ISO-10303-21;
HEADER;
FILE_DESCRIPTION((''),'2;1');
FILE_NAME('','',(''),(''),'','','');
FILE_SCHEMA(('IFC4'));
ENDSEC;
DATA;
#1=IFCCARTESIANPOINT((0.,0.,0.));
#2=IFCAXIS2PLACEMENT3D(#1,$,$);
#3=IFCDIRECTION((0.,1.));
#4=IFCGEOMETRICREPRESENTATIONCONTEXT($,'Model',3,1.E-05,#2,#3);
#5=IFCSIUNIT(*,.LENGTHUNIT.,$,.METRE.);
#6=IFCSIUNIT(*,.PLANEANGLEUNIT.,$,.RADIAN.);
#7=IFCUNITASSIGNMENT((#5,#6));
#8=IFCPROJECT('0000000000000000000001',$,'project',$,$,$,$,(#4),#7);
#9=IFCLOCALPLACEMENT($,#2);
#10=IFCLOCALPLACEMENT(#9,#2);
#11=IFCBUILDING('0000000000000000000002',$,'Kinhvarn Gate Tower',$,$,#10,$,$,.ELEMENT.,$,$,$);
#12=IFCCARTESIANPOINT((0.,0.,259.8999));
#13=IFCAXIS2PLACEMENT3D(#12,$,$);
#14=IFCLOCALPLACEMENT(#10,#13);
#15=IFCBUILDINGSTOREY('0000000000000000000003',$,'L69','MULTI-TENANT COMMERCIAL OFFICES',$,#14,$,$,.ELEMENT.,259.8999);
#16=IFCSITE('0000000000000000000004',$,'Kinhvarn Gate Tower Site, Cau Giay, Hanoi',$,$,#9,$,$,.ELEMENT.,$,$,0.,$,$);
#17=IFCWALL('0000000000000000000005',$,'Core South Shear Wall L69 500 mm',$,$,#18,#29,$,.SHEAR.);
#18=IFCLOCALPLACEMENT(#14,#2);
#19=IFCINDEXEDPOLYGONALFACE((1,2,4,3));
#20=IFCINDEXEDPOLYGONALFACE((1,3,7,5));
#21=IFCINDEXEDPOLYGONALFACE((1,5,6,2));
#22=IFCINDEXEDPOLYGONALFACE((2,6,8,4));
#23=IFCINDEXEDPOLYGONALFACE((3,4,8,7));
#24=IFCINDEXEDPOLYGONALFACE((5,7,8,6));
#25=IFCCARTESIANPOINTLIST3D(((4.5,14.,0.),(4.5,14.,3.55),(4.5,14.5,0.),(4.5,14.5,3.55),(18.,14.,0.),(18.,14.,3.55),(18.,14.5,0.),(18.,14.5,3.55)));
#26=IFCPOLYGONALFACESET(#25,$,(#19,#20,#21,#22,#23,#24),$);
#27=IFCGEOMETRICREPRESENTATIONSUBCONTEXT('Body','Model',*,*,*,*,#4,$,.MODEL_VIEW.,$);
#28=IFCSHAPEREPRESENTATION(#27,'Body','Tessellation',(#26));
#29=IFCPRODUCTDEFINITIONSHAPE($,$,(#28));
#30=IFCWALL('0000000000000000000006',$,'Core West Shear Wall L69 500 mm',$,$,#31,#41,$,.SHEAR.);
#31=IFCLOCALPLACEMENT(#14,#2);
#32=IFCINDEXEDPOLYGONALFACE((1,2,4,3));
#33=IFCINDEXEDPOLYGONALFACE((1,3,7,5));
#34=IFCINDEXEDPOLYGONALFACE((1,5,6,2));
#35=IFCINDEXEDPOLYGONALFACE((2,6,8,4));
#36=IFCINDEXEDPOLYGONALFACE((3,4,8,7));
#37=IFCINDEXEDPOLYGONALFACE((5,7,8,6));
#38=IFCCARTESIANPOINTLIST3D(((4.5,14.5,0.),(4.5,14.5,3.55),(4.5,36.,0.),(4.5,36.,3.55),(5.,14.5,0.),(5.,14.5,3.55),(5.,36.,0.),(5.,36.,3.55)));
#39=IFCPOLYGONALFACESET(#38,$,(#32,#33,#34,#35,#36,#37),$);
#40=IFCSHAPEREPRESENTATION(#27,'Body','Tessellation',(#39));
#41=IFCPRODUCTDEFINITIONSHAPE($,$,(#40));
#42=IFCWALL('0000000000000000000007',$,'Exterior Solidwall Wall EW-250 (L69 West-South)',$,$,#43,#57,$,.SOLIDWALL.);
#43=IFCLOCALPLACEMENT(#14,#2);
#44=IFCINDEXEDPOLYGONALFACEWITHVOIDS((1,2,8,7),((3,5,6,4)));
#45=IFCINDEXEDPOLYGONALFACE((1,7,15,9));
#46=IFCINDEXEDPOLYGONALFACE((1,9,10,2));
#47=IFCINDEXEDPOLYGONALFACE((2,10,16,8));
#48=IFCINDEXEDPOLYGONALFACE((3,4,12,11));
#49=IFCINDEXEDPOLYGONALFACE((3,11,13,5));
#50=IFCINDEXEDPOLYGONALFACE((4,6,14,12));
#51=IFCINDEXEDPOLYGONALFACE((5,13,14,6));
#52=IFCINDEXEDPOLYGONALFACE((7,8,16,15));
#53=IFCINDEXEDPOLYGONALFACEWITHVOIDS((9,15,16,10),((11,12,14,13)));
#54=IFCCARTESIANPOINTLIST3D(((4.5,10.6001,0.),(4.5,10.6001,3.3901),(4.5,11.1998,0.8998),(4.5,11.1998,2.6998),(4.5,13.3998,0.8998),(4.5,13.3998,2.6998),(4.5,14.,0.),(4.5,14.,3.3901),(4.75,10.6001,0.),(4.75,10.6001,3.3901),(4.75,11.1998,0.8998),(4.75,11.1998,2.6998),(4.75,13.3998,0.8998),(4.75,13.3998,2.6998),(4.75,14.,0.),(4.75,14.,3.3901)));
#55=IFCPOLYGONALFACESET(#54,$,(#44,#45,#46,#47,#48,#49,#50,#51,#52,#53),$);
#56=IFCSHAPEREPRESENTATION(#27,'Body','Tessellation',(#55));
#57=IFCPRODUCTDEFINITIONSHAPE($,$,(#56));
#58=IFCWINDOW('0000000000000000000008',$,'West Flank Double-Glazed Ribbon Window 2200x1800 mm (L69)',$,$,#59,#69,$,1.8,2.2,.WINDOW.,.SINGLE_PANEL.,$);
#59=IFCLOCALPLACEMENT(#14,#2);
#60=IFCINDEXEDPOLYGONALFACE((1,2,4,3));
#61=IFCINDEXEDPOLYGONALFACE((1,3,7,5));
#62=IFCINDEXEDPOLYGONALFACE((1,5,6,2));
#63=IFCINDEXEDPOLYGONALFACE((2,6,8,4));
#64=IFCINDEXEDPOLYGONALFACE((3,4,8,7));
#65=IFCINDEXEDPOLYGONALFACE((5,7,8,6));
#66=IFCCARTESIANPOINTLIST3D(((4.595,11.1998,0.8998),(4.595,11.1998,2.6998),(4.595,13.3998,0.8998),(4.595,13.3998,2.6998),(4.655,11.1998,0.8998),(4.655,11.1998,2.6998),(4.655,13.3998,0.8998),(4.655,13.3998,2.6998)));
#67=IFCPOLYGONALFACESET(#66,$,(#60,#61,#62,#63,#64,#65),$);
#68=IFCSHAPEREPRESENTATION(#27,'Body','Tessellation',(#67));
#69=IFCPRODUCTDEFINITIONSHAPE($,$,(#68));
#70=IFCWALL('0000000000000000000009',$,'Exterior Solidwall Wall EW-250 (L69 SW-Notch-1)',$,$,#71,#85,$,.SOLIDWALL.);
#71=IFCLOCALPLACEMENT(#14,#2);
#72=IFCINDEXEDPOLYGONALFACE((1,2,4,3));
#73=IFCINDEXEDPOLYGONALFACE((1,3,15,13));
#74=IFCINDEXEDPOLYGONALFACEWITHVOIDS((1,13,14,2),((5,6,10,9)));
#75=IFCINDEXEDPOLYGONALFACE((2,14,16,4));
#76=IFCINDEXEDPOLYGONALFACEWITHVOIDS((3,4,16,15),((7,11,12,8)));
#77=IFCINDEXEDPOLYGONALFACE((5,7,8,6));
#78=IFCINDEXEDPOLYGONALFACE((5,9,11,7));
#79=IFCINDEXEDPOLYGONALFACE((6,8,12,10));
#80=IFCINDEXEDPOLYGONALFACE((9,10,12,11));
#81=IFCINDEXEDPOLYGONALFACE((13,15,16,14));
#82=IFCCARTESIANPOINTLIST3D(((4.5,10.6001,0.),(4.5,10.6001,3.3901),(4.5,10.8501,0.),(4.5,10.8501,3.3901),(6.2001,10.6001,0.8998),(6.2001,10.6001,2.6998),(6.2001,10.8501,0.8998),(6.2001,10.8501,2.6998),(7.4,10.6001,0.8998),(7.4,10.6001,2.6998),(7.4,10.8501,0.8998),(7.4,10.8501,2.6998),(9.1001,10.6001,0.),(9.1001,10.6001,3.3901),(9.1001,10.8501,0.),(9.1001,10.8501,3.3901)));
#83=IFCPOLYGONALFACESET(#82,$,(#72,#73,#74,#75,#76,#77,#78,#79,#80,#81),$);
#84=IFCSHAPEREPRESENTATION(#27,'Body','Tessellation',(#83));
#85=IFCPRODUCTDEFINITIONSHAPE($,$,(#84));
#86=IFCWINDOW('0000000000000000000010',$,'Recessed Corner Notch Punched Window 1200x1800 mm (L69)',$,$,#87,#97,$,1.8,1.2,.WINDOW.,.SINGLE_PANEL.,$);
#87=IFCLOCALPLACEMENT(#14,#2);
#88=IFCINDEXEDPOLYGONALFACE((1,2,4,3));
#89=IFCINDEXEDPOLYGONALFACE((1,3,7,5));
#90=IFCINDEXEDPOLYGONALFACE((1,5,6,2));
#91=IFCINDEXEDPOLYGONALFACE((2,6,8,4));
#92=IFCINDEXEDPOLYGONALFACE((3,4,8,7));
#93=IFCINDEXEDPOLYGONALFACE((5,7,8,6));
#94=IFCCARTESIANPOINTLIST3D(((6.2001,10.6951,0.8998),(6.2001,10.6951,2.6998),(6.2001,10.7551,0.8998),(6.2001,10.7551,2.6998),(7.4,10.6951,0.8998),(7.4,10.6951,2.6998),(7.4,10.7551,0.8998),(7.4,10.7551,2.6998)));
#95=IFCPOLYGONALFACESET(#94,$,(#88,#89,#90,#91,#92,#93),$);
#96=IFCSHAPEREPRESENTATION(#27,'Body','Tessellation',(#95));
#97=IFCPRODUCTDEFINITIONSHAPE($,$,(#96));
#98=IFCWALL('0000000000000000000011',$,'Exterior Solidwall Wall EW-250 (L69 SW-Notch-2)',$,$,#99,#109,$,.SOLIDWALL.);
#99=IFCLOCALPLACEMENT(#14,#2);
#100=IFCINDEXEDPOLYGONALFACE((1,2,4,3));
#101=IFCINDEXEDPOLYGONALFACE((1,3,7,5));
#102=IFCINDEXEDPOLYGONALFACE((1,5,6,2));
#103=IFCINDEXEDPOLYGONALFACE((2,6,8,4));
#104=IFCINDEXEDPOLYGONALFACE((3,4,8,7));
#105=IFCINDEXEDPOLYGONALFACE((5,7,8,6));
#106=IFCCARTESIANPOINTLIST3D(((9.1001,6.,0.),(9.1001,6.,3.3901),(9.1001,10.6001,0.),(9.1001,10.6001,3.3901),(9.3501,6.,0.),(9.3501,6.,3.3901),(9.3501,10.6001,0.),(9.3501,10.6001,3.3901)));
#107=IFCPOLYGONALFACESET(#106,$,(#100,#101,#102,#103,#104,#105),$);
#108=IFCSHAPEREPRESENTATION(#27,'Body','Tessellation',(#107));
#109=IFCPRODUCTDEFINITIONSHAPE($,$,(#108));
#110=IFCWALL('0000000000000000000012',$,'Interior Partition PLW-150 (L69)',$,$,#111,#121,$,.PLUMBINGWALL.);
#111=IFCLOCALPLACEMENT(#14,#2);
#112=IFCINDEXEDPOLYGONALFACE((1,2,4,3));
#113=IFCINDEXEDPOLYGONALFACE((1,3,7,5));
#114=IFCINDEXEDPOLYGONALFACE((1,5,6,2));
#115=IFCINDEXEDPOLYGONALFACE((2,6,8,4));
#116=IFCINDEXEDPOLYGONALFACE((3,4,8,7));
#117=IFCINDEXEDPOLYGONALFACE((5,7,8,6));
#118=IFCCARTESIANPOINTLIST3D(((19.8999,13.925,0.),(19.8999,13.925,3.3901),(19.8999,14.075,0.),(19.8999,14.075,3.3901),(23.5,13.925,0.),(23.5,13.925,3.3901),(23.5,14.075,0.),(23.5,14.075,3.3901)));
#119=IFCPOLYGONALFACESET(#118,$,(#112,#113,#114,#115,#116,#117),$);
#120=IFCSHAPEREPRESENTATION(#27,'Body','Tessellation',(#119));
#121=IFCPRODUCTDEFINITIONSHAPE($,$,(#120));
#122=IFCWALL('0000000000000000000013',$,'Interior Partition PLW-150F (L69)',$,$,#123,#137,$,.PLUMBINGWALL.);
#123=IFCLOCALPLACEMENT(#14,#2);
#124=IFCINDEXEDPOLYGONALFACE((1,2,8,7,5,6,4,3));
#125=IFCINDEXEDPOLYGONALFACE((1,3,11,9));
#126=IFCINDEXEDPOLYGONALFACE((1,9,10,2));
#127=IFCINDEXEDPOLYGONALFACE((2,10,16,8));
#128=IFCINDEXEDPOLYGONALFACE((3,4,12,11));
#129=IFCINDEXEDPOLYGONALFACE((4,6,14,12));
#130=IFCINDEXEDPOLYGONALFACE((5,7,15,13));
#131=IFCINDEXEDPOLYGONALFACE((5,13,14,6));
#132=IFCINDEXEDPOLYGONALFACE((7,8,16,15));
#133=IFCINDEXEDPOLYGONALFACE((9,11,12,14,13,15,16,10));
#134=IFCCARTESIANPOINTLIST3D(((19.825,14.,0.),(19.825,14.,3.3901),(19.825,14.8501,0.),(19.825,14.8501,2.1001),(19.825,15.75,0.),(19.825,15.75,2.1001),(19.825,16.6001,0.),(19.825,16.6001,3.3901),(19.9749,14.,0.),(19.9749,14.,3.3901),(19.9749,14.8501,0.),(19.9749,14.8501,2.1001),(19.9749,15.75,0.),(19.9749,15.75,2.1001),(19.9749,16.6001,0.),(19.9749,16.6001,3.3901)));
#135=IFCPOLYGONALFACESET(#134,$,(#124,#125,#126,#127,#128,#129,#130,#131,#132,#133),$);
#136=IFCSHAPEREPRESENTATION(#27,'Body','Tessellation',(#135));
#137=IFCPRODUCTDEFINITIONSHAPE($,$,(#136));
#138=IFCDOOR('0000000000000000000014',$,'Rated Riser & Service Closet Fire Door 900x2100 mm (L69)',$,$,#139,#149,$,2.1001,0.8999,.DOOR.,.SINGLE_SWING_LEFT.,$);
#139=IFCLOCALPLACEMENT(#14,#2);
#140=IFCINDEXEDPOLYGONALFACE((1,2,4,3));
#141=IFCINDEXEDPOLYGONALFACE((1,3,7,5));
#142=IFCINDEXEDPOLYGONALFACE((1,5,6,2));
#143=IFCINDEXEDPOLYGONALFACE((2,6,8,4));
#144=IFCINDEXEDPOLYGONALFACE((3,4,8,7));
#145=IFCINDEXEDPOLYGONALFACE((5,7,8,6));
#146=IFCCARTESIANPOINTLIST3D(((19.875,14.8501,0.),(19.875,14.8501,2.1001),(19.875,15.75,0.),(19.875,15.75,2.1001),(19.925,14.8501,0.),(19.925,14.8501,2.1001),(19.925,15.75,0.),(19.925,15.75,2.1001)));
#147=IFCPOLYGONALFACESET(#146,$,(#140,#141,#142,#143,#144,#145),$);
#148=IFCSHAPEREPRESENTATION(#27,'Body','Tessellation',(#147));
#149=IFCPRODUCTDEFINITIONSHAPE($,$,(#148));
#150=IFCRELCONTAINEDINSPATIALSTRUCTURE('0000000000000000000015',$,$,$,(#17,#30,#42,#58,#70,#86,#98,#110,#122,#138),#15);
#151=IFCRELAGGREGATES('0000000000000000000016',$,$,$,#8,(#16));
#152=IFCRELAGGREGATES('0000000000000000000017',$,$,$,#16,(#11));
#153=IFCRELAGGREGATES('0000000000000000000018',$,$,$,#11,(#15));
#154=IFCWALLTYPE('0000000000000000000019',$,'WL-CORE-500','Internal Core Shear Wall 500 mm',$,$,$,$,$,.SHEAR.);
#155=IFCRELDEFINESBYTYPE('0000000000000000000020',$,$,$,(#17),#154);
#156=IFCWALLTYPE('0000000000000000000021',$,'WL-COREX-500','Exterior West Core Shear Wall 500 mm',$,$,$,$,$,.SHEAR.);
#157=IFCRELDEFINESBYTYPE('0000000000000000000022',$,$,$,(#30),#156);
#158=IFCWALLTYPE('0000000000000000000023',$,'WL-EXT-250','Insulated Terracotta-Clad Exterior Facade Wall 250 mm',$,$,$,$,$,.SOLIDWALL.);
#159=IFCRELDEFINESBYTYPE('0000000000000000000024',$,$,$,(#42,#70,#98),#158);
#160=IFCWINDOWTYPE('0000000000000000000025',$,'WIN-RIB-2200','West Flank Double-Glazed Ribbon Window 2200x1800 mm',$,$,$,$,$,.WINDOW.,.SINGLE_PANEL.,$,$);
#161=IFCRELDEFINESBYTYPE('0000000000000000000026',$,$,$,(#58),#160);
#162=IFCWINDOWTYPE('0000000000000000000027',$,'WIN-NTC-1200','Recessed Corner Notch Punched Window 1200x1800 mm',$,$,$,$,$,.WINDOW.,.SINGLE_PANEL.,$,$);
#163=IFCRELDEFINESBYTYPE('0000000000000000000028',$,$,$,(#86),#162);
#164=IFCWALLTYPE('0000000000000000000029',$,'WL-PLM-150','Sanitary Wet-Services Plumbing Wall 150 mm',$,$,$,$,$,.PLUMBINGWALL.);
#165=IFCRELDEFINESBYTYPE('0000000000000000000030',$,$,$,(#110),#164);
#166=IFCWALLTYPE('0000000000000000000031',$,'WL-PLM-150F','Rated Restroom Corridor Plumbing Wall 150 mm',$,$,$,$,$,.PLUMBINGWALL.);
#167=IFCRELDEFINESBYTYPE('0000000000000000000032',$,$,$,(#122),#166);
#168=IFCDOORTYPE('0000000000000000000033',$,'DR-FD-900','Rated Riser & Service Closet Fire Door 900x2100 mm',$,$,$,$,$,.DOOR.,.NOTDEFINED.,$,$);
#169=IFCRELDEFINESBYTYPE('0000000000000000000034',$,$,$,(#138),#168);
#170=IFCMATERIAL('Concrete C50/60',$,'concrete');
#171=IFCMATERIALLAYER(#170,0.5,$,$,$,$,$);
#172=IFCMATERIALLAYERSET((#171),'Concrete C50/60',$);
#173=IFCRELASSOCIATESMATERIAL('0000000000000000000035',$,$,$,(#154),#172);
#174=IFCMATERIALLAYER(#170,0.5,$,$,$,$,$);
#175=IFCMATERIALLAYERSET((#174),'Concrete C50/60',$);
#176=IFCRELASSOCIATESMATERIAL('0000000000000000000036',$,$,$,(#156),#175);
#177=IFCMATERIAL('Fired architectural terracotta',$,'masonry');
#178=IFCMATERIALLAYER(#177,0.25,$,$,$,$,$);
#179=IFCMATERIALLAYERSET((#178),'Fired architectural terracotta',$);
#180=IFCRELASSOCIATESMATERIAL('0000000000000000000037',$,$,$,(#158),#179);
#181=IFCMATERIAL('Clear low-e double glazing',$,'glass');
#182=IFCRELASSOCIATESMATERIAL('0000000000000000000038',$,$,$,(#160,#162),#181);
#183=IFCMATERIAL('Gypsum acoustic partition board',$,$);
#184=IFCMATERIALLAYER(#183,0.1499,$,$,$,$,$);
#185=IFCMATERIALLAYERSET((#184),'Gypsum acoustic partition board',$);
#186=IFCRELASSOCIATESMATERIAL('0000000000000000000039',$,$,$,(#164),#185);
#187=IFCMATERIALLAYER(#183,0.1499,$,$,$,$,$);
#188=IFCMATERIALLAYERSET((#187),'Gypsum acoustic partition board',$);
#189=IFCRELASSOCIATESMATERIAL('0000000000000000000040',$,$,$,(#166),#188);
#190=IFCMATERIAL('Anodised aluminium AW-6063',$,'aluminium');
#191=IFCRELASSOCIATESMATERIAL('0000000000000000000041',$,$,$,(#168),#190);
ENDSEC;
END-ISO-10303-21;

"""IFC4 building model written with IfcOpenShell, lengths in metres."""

from ifc_helpers import new_model, si_unit, direction, frame, frame_2d, origin, place, context, subcontext, project, spatial, rectangle, extrude, material, layer, layer_set, type_object, element, fill, save


model = new_model("IFC4")

# Units and contexts
model_context = context("Model", 3, precision=1e-05, world=origin(), true_north=direction((0.0, 1.0)))
body_context = subcontext(model_context, "Body", "Model", "MODEL_VIEW")
ifc_project = project(units=[si_unit("LENGTHUNIT", "METRE"), si_unit("PLANEANGLEUNIT", "RADIAN")], contexts=[model_context])

# Site, building, storey
site_placement = place(None, origin())
site = spatial("IfcSite", under=ifc_project, at=site_placement, Name="Kinhvarn Gate Tower Site, Cau Giay, Hanoi", CompositionType="ELEMENT", RefElevation=0.0)
building_placement = place(site_placement, origin())
building = spatial("IfcBuilding", under=site, at=building_placement, Name="Kinhvarn Gate Tower", CompositionType="ELEMENT")
storey_placement = place(building_placement, frame((0.0, 0.0, 259.8999)))
storey = spatial("IfcBuildingStorey", under=building, at=storey_placement, Name="L69", Description="MULTI-TENANT COMMERCIAL OFFICES", CompositionType="ELEMENT", Elevation=259.8999)

# Shared definitions
ifc_material_1 = material(Name="Concrete C50/60", Category="concrete")

# Wall
ifc_layer_1 = layer(ifc_material_1, 0.5)
ifc_layer_set_1 = layer_set([ifc_layer_1], Name="Concrete C50/60")
wall_type_1 = type_object("IfcWallType", Name="WL-CORE-500", Description="Internal Core Shear Wall 500 mm", PredefinedType="SHEAR", material=ifc_layer_set_1)
wall_1_placement = place(storey_placement, frame((4.5, 14.25, 0.0), z_axis=(0.0, 0.0, 1.0), x_axis=(1.0, 0.0, 0.0)))
element("IfcWall", 1, at=wall_1_placement, inside=storey, type_object=wall_type_1, Name="Core South Shear Wall L69 500 mm", PredefinedType="SHEAR", context=body_context, shape_type="SweptSolid", body=[
    extrude(rectangle(XDim=13.5, YDim=0.5, at=frame_2d((6.75, 0.0))), origin(), (0.0, 0.0, 1.0), 3.55),
])

# Shared definitions
ifc_material_2 = material(Name="Anodised aluminium AW-6063", Category="aluminium")

# Wall
ifc_layer_2 = layer(ifc_material_1, 0.5)
ifc_layer_set_2 = layer_set([ifc_layer_2], Name="Concrete C50/60")
wall_type_2 = type_object("IfcWallType", Name="WL-COREX-500", Description="Exterior West Core Shear Wall 500 mm", PredefinedType="SHEAR", material=ifc_layer_set_2)
wall_2_placement = place(storey_placement, frame((4.75, 14.5, 0.0), z_axis=(0.0, 0.0, 1.0), x_axis=(0.0, 1.0, 0.0)))
element("IfcWall", 2, at=wall_2_placement, inside=storey, type_object=wall_type_2, Name="Core West Shear Wall L69 500 mm", PredefinedType="SHEAR", context=body_context, shape_type="SweptSolid", body=[
    extrude(rectangle(XDim=21.5, YDim=0.5, at=frame_2d((10.75, 0.0))), origin(), (0.0, 0.0, 1.0), 3.55),
])

# Walls, openings, windows
ifc_material_3 = material(Name="Fired architectural terracotta", Category="masonry")
ifc_layer_3 = layer(ifc_material_3, 0.25)
ifc_layer_set_3 = layer_set([ifc_layer_3], Name="Fired architectural terracotta")
wall_type_3 = type_object("IfcWallType", Name="WL-EXT-250", Description="Insulated Terracotta-Clad Exterior Facade Wall 250 mm", PredefinedType="SOLIDWALL", material=ifc_layer_set_3)
wall_3_placement = place(storey_placement, frame((4.625, 14.0, 0.0), z_axis=(0.0, 0.0, 1.0), x_axis=(0.0, -1.0, 0.0)))
wall_3 = element("IfcWall", 3, at=wall_3_placement, inside=storey, type_object=wall_type_3, Name="Exterior Solidwall Wall EW-250 (L69 West-South)", PredefinedType="SOLIDWALL", context=body_context, shape_type="SweptSolid", body=[
    extrude(rectangle(XDim=3.3999, YDim=0.25, at=frame_2d((1.7, 0.0))), origin(), (0.0, 0.0, 1.0), 3.3901),
])
opening_1_placement = place(wall_3_placement, frame((0.6001, 0.0, 0.8999)))
opening_1 = element("IfcOpeningElement", 4, at=opening_1_placement, cuts=wall_3, PredefinedType="OPENING", context=body_context, shape_type="SweptSolid", body=[
    extrude(rectangle(XDim=2.2, YDim=1.8, at=frame_2d((1.1001, 0.8999))), frame((0.0, 0.135, 0.0), z_axis=(0.0, -1.0, 0.0), x_axis=(1.0, 0.0, 0.0)), (0.0, 0.0, 1.0), 0.27),
])
ifc_material_4 = material(Name="Clear low-e double glazing", Category="glass")
window_type_1 = type_object("IfcWindowType", Name="WIN-RIB-2200", Description="West Flank Double-Glazed Ribbon Window 2200x1800 mm", PartitioningType="SINGLE_PANEL", PredefinedType="WINDOW", material=ifc_material_4)
window_1_placement = place(opening_1_placement, origin())
window_1 = element("IfcWindow", 5, at=window_1_placement, inside=storey, type_object=window_type_1, Name="West Flank Double-Glazed Ribbon Window 2200x1800 mm (L69)", OverallHeight=1.8, OverallWidth=2.2, PartitioningType="SINGLE_PANEL", PredefinedType="WINDOW", context=body_context, shape_type="SweptSolid", body=[
    extrude(rectangle(XDim=2.2, YDim=1.8, at=frame_2d((1.1001, 0.8999))), frame((0.0, 0.03, 0.0), z_axis=(0.0, -1.0, 0.0), x_axis=(1.0, 0.0, 0.0)), (0.0, 0.0, 1.0), 0.0601),
])
fill(opening_1, window_1)
wall_4_placement = place(storey_placement, frame((4.5, 10.7251, 0.0), z_axis=(0.0, 0.0, 1.0), x_axis=(1.0, 0.0, 0.0)))
wall_4 = element("IfcWall", 6, at=wall_4_placement, inside=storey, type_object=wall_type_3, Name="Exterior Solidwall Wall EW-250 (L69 SW-Notch-1)", PredefinedType="SOLIDWALL", context=body_context, shape_type="SweptSolid", body=[
    extrude(rectangle(XDim=4.6001, YDim=0.25, at=frame_2d((2.3, 0.0))), origin(), (0.0, 0.0, 1.0), 3.3901),
])
opening_2_placement = place(wall_4_placement, frame((1.7, 0.0, 0.8999)))
opening_2 = element("IfcOpeningElement", 7, at=opening_2_placement, cuts=wall_4, PredefinedType="OPENING", context=body_context, shape_type="SweptSolid", body=[
    extrude(rectangle(XDim=1.2, YDim=1.8, at=frame_2d((0.6001, 0.8999))), frame((0.0, 0.135, 0.0), z_axis=(0.0, -1.0, 0.0), x_axis=(1.0, 0.0, 0.0)), (0.0, 0.0, 1.0), 0.27),
])
window_type_2 = type_object("IfcWindowType", Name="WIN-NTC-1200", Description="Recessed Corner Notch Punched Window 1200x1800 mm", PartitioningType="SINGLE_PANEL", PredefinedType="WINDOW", material=ifc_material_4)
window_2_placement = place(opening_2_placement, origin())
window_2 = element("IfcWindow", 8, at=window_2_placement, inside=storey, type_object=window_type_2, Name="Recessed Corner Notch Punched Window 1200x1800 mm (L69)", OverallHeight=1.8, OverallWidth=1.2, PartitioningType="SINGLE_PANEL", PredefinedType="WINDOW", context=body_context, shape_type="SweptSolid", body=[
    extrude(rectangle(XDim=1.2, YDim=1.8, at=frame_2d((0.6001, 0.8999))), frame((0.0, 0.03, 0.0), z_axis=(0.0, -1.0, 0.0), x_axis=(1.0, 0.0, 0.0)), (0.0, 0.0, 1.0), 0.0601),
])
fill(opening_2, window_2)

# Walls
wall_5_placement = place(storey_placement, frame((9.2251, 10.6001, 0.0), z_axis=(0.0, 0.0, 1.0), x_axis=(0.0, -1.0, 0.0)))
element("IfcWall", 9, at=wall_5_placement, inside=storey, type_object=wall_type_3, Name="Exterior Solidwall Wall EW-250 (L69 SW-Notch-2)", PredefinedType="SOLIDWALL", context=body_context, shape_type="SweptSolid", body=[
    extrude(rectangle(XDim=4.6001, YDim=0.25, at=frame_2d((2.3, 0.0))), origin(), (0.0, 0.0, 1.0), 3.3901),
])
ifc_material_5 = material(Name="Gypsum acoustic partition board")
ifc_layer_4 = layer(ifc_material_5, 0.1499)
ifc_layer_set_4 = layer_set([ifc_layer_4], Name="Gypsum acoustic partition board")
wall_type_4 = type_object("IfcWallType", Name="WL-PLM-150", Description="Sanitary Wet-Services Plumbing Wall 150 mm", PredefinedType="PLUMBINGWALL", material=ifc_layer_set_4)
wall_6_placement = place(storey_placement, frame((19.8999, 14.0, 0.0), z_axis=(0.0, 0.0, 1.0), x_axis=(1.0, 0.0, 0.0)))
element("IfcWall", 10, at=wall_6_placement, inside=storey, type_object=wall_type_4, Name="Interior Partition PLW-150 (L69)", PredefinedType="PLUMBINGWALL", context=body_context, shape_type="SweptSolid", body=[
    extrude(rectangle(XDim=3.6001, YDim=0.1499, at=frame_2d((1.8, 0.0))), origin(), (0.0, 0.0, 1.0), 3.3901),
])

# Wall, opening, door
ifc_layer_5 = layer(ifc_material_5, 0.1499)
ifc_layer_set_5 = layer_set([ifc_layer_5], Name="Gypsum acoustic partition board")
wall_type_5 = type_object("IfcWallType", Name="WL-PLM-150F", Description="Rated Restroom Corridor Plumbing Wall 150 mm", PredefinedType="PLUMBINGWALL", material=ifc_layer_set_5)
wall_7_placement = place(storey_placement, frame((19.8999, 14.0, 0.0), z_axis=(0.0, 0.0, 1.0), x_axis=(0.0, 1.0, 0.0)))
wall_7 = element("IfcWall", 11, at=wall_7_placement, inside=storey, type_object=wall_type_5, Name="Interior Partition PLW-150F (L69)", PredefinedType="PLUMBINGWALL", context=body_context, shape_type="SweptSolid", body=[
    extrude(rectangle(XDim=2.6001, YDim=0.1499, at=frame_2d((1.3, 0.0))), origin(), (0.0, 0.0, 1.0), 3.3901),
])
opening_3_placement = place(wall_7_placement, frame((0.8501, 0.0, 0.0)))
opening_3 = element("IfcOpeningElement", 12, at=opening_3_placement, cuts=wall_7, PredefinedType="OPENING", context=body_context, shape_type="SweptSolid", body=[
    extrude(rectangle(XDim=0.8999, YDim=2.1001, at=frame_2d((0.45, 1.05))), frame((0.0, 0.085, 0.0), z_axis=(0.0, -1.0, 0.0), x_axis=(1.0, 0.0, 0.0)), (0.0, 0.0, 1.0), 0.1699),
])
door_type_1 = type_object("IfcDoorType", Name="DR-FD-900", Description="Rated Riser & Service Closet Fire Door 900x2100 mm", OperationType="NOTDEFINED", PredefinedType="DOOR", material=ifc_material_2)
door_1_placement = place(opening_3_placement, origin())
door_1 = element("IfcDoor", 13, at=door_1_placement, inside=storey, type_object=door_type_1, Name="Rated Riser & Service Closet Fire Door 900x2100 mm (L69)", OperationType="SINGLE_SWING_LEFT", OverallHeight=2.1001, OverallWidth=0.8999, PredefinedType="DOOR", context=body_context, shape_type="SweptSolid", body=[
    extrude(rectangle(XDim=0.8999, YDim=2.1001, at=frame_2d((0.45, 1.05))), frame((0.0, 0.0249, 0.0), z_axis=(0.0, -1.0, 0.0), x_axis=(1.0, 0.0, 0.0)), (0.0, 0.0, 1.0), 0.05),
])
fill(opening_3, door_1)

save(model, "model.ifc")
